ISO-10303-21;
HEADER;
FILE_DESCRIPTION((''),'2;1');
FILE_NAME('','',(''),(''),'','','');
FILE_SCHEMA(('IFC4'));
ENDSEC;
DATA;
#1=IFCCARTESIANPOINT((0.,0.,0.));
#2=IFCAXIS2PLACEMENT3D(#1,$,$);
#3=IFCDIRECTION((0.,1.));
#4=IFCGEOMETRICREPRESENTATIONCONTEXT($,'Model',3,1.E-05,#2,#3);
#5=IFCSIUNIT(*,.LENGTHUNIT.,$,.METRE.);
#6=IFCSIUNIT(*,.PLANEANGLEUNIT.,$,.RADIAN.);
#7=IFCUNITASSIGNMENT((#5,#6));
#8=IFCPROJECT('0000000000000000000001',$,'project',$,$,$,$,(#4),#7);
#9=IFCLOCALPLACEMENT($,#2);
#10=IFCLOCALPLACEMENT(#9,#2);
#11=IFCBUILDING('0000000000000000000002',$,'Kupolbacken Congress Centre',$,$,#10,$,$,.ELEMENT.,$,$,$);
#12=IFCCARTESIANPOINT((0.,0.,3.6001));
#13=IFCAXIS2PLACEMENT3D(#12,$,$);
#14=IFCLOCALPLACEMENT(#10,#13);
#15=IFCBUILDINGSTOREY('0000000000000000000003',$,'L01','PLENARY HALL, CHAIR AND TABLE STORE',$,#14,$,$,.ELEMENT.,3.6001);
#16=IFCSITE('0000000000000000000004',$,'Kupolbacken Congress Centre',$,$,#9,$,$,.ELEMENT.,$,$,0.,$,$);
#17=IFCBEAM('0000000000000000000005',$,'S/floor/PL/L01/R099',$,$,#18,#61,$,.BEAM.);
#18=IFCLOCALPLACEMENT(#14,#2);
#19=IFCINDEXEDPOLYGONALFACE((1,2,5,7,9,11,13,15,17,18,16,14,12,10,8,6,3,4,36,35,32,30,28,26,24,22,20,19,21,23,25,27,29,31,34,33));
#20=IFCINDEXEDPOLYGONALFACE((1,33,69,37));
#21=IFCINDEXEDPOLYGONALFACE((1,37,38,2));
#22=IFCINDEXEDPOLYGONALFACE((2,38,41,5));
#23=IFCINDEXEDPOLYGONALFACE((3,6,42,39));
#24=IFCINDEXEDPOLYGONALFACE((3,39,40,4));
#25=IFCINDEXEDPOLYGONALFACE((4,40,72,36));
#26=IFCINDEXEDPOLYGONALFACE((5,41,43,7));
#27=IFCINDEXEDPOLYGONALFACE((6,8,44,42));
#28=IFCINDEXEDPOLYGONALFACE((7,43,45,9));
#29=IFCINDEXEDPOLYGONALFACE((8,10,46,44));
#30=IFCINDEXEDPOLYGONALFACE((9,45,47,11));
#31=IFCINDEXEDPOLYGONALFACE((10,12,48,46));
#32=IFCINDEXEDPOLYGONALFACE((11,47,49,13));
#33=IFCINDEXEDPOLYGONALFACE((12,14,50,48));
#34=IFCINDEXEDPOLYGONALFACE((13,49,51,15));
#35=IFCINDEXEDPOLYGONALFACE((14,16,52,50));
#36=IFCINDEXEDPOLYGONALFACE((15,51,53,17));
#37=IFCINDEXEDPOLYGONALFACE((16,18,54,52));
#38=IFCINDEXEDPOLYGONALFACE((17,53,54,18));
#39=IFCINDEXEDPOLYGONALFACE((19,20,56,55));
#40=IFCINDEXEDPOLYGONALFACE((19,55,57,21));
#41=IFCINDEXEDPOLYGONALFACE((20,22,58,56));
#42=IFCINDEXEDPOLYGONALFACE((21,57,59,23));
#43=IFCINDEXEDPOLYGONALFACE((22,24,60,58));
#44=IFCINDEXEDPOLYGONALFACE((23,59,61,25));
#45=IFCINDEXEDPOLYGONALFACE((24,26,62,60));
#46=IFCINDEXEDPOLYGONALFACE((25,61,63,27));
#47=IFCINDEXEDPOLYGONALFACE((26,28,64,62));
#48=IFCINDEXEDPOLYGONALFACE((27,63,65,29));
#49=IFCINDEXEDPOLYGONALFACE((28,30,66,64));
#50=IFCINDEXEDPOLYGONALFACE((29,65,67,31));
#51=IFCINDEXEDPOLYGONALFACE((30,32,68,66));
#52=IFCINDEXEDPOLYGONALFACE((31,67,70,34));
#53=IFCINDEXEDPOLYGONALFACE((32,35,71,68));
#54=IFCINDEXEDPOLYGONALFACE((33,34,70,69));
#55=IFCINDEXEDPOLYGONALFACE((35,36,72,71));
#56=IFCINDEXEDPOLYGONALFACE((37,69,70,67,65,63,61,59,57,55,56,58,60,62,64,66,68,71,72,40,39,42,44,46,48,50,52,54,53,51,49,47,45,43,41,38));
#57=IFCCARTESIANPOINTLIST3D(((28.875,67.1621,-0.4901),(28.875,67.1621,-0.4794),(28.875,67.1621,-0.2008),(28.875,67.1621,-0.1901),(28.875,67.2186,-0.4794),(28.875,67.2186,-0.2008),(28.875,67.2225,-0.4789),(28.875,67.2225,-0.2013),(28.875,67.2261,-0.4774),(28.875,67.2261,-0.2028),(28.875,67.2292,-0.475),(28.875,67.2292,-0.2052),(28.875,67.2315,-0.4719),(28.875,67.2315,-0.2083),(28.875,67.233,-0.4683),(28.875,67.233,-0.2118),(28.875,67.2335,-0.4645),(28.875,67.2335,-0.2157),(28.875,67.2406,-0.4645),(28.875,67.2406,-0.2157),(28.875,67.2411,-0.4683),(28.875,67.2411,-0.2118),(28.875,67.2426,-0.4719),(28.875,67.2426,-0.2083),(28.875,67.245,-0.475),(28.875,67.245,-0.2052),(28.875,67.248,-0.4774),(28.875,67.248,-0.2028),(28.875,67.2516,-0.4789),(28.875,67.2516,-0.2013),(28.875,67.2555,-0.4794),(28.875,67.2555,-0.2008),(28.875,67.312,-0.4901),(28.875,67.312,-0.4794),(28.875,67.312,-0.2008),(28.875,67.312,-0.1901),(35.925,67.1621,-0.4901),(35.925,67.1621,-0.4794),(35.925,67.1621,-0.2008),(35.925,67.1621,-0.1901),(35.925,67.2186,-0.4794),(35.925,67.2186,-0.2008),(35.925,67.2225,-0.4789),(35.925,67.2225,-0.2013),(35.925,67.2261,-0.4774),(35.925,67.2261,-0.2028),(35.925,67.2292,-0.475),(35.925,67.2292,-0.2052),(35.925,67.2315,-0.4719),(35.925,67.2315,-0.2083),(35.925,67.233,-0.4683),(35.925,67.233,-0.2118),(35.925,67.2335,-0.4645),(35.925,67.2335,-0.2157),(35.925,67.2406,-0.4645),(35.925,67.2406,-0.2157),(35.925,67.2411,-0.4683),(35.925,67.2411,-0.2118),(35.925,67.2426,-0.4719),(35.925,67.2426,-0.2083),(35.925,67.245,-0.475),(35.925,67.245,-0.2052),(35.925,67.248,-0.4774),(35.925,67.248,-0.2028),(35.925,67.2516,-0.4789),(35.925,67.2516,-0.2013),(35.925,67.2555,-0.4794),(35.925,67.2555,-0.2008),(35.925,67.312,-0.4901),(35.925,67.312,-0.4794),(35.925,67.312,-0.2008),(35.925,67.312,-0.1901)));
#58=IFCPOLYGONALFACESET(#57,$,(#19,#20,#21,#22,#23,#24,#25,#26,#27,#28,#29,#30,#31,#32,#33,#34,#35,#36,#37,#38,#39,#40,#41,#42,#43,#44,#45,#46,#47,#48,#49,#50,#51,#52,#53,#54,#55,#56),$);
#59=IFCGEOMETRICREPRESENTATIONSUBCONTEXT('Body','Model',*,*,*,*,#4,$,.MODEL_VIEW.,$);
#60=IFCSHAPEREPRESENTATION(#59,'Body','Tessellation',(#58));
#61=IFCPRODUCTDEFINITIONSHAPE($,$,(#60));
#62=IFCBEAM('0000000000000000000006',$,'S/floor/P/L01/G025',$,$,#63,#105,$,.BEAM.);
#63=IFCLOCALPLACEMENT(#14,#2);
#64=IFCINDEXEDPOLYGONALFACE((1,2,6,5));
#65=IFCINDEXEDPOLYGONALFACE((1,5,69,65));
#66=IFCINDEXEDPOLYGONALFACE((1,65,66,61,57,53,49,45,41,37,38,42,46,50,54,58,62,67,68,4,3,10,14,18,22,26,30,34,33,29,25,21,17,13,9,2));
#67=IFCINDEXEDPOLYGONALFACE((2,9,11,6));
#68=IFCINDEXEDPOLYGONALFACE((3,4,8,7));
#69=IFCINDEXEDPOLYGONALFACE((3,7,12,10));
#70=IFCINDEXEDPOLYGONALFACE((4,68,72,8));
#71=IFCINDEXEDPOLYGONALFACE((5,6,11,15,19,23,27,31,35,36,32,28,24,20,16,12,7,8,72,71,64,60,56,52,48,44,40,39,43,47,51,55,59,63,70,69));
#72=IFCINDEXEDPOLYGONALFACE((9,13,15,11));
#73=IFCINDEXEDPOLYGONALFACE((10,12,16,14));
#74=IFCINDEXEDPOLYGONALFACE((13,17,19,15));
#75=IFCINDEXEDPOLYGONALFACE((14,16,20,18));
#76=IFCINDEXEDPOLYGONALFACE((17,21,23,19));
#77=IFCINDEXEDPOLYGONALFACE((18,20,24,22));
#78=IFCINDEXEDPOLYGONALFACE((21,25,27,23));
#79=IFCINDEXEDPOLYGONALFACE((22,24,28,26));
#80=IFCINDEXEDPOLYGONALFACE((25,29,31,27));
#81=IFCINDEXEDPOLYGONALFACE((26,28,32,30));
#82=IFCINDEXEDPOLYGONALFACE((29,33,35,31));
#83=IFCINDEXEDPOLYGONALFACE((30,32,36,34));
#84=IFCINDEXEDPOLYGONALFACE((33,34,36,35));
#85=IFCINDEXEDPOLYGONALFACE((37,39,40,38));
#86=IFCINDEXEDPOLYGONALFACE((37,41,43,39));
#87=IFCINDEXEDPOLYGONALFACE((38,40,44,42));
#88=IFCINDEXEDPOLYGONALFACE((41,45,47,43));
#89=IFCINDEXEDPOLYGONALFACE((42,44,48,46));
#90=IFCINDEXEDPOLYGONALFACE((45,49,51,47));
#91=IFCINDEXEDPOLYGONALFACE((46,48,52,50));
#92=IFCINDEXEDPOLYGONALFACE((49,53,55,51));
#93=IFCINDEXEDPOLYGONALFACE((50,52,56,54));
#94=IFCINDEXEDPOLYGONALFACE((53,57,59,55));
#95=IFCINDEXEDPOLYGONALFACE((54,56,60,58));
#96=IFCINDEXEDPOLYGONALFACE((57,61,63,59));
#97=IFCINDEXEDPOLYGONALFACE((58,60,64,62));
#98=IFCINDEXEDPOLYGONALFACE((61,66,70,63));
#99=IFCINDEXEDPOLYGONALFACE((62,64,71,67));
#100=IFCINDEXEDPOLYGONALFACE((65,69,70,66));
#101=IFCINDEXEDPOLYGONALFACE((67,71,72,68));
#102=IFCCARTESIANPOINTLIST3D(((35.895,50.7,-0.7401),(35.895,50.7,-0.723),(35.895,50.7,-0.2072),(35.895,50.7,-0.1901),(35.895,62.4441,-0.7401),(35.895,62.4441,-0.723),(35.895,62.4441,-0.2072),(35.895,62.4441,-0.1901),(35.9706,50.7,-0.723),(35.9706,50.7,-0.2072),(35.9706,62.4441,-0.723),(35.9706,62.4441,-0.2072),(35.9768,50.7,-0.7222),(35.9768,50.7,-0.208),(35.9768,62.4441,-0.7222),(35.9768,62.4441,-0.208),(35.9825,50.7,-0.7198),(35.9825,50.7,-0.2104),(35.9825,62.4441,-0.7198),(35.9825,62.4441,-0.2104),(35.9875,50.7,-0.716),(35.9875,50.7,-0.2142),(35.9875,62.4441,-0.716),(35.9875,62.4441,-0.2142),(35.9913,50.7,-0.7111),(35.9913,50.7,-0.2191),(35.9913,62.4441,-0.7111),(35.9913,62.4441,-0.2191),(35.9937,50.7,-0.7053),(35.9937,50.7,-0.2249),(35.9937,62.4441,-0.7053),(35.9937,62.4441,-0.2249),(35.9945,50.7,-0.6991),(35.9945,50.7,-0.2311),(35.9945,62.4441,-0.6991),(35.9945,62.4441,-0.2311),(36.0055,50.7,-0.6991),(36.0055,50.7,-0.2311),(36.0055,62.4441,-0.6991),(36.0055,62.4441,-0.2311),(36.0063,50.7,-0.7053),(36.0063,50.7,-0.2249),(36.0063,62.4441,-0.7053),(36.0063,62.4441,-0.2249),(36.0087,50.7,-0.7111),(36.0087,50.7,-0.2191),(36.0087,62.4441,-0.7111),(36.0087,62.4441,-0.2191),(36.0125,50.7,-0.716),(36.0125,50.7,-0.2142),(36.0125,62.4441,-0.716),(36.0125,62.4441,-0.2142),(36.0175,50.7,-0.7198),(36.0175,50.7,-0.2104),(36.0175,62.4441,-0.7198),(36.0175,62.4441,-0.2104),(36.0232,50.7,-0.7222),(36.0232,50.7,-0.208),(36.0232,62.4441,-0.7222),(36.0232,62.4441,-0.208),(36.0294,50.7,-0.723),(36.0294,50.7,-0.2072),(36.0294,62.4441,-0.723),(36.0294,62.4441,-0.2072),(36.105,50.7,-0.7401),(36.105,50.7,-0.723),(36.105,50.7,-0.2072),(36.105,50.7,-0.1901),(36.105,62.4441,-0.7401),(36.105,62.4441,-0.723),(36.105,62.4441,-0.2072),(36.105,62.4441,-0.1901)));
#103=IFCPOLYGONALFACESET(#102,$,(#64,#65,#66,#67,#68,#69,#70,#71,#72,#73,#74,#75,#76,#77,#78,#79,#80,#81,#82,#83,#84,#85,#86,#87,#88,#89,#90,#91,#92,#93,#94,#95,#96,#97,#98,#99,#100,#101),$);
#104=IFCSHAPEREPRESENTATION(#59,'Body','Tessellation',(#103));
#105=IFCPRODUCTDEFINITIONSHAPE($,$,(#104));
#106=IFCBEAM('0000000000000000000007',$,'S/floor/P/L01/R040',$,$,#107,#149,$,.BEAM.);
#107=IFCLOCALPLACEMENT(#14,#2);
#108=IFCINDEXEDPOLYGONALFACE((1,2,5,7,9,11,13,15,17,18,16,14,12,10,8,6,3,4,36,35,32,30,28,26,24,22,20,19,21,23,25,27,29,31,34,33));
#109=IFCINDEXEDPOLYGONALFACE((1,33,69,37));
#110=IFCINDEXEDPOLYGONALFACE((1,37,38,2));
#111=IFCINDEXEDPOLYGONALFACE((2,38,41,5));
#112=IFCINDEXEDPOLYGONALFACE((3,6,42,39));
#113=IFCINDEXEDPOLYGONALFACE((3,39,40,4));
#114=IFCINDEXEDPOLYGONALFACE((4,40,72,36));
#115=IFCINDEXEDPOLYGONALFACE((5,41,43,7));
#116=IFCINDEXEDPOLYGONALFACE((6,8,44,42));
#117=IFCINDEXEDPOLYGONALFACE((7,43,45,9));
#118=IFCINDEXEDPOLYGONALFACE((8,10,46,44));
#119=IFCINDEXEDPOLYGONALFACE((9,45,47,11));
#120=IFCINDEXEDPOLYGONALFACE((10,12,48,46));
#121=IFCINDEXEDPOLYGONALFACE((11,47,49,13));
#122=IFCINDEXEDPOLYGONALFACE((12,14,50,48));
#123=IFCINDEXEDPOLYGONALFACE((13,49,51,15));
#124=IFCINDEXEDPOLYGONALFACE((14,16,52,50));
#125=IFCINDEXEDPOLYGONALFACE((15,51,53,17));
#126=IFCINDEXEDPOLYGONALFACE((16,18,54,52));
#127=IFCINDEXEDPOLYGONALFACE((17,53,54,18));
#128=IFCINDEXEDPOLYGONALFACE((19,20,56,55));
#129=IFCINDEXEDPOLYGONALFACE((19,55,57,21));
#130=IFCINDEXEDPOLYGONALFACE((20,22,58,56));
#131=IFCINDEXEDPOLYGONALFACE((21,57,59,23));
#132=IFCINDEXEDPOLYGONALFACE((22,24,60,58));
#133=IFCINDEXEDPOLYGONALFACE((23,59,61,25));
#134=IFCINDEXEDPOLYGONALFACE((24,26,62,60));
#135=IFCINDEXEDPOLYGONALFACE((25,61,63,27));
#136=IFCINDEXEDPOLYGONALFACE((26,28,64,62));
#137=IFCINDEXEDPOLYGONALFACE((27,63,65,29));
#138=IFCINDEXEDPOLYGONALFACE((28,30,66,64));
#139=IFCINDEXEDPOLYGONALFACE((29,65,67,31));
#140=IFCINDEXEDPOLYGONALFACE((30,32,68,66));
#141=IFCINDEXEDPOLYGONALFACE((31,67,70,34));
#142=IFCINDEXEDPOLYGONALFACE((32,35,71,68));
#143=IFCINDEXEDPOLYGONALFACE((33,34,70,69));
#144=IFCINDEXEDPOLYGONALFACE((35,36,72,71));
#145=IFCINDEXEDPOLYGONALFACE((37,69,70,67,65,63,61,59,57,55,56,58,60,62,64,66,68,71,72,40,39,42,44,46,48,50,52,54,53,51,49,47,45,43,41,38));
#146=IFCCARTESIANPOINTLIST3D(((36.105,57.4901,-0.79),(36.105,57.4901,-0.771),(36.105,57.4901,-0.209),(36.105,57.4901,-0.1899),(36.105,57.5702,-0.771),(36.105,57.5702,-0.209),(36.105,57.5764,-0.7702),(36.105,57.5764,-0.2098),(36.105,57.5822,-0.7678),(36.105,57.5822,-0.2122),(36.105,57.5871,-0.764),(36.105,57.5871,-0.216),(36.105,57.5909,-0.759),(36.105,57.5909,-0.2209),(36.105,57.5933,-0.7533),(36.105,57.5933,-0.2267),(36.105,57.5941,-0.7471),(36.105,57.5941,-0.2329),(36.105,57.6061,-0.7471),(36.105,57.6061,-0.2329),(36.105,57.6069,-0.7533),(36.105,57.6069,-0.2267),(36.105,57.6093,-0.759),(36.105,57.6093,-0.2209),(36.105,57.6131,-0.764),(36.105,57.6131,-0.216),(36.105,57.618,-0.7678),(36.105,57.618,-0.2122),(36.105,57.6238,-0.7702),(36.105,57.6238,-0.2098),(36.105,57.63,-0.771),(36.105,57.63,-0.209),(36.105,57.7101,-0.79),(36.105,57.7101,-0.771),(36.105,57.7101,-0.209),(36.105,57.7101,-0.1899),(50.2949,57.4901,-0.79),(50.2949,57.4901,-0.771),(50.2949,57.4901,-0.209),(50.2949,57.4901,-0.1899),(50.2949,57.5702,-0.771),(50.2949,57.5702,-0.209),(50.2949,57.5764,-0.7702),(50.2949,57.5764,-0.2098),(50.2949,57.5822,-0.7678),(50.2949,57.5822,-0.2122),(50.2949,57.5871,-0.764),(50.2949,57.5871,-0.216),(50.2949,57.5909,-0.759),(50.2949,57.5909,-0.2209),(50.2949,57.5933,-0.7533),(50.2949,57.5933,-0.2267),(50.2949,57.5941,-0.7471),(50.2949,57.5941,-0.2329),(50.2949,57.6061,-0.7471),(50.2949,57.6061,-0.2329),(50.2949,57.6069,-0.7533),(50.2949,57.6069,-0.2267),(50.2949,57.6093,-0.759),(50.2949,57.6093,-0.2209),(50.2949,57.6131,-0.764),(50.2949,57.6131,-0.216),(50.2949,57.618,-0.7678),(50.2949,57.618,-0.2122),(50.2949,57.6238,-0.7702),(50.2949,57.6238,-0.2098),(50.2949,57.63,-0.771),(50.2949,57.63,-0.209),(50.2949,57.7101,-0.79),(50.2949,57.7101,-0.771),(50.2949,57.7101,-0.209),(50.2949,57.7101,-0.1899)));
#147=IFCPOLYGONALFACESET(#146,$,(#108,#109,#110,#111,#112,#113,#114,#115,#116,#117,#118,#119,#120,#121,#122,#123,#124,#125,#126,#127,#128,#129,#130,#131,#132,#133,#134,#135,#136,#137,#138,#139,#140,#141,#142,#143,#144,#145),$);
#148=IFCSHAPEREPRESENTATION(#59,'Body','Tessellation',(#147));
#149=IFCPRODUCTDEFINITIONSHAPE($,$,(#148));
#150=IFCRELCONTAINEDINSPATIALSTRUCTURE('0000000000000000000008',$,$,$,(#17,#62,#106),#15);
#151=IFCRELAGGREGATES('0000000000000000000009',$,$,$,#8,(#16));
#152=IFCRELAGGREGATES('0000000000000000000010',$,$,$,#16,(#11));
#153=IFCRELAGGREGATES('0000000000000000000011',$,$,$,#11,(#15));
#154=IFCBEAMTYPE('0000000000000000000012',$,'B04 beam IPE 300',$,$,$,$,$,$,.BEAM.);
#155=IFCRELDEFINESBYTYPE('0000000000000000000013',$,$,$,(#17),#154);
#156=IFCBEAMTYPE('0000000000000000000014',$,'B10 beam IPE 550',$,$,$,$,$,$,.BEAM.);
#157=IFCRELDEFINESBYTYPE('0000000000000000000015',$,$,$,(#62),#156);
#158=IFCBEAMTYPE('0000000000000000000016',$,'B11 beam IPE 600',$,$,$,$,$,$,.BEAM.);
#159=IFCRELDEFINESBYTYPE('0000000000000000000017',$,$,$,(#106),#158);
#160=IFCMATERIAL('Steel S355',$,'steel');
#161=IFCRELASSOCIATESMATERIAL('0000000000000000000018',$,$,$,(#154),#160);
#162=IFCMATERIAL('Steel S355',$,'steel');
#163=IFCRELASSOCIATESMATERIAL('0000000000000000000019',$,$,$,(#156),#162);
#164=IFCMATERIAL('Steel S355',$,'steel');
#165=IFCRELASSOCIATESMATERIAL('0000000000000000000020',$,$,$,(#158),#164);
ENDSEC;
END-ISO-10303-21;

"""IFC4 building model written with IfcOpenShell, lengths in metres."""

from ifc_helpers import new_model, si_unit, direction, frame, origin, origin_2d, place, context, subcontext, project, spatial, i_section, extrude, material, material_profile, profile_set, type_object, element, save


model = new_model("IFC4")

# Units and contexts
model_context = context("Model", 3, precision=1e-05, world=origin(), true_north=direction((0.0, 1.0)))
body_context = subcontext(model_context, "Body", "Model", "MODEL_VIEW")
ifc_project = project(units=[si_unit("LENGTHUNIT", "METRE"), si_unit("PLANEANGLEUNIT", "RADIAN")], contexts=[model_context])

# Site, building, storey
site_placement = place(None, origin())
site = spatial("IfcSite", under=ifc_project, at=site_placement, Name="Kupolbacken Congress Centre", CompositionType="ELEMENT", RefElevation=0.0)
building_placement = place(site_placement, origin())
building = spatial("IfcBuilding", under=site, at=building_placement, Name="Kupolbacken Congress Centre", CompositionType="ELEMENT")
storey_placement = place(building_placement, frame((0.0, 0.0, 3.6001)))
storey = spatial("IfcBuildingStorey", under=building, at=storey_placement, Name="L01", Description="PLENARY HALL, CHAIR AND TABLE STORE", CompositionType="ELEMENT", Elevation=3.6001)

# Beams
ifc_material_1 = material(Name="Steel S355", Category="steel")
ifc_material_profile_1 = material_profile(ifc_material_1, i_section(OverallWidth=0.1499, OverallDepth=0.3, WebThickness=0.0071, FlangeThickness=0.0107, FilletRadius=0.0149, at=origin_2d()), Name="IPE 300")
ifc_profile_set_1 = profile_set([ifc_material_profile_1], Name="Steel S355")
beam_type_1 = type_object("IfcBeamType", Name="B04 beam IPE 300", PredefinedType="BEAM", material=ifc_profile_set_1)
for number, where, z_axis, x_axis, name in (
    (1, (28.875, 67.2371, -0.3401), (1.0, 0.0, 0.0), (0.0, 1.0, 0.0), "S/floor/PL/L01/R099"),
):
    element("IfcBeam", number, at=place(storey_placement, frame(where, z_axis=z_axis, x_axis=x_axis)), inside=storey, type_object=beam_type_1, Name=name, PredefinedType="BEAM", context=body_context, shape_type="SweptSolid", body=[
        extrude(i_section(OverallWidth=0.1499, OverallDepth=0.3, WebThickness=0.0071, FlangeThickness=0.0107, FilletRadius=0.0149, at=origin_2d()), origin(), (0.0, 0.0, 1.0), 7.05),
    ])
ifc_material_2 = material(Name="Steel S355", Category="steel")
ifc_material_profile_2 = material_profile(ifc_material_2, i_section(OverallWidth=0.21, OverallDepth=0.55, WebThickness=0.011, FlangeThickness=0.0171, FilletRadius=0.0239, at=origin_2d()), Name="IPE 550")
ifc_profile_set_2 = profile_set([ifc_material_profile_2], Name="Steel S355")
beam_type_2 = type_object("IfcBeamType", Name="B10 beam IPE 550", PredefinedType="BEAM", material=ifc_profile_set_2)
beam_1_placement = place(storey_placement, frame((36.0, 50.7, -0.4651), z_axis=(0.0, 1.0, 0.0), x_axis=(-1.0, 0.0, 0.0)))
element("IfcBeam", 2, at=beam_1_placement, inside=storey, type_object=beam_type_2, Name="S/floor/P/L01/G025", PredefinedType="BEAM", context=body_context, shape_type="SweptSolid", body=[
    extrude(i_section(OverallWidth=0.21, OverallDepth=0.55, WebThickness=0.011, FlangeThickness=0.0171, FilletRadius=0.0239, at=origin_2d()), origin(), (0.0, 0.0, 1.0), 11.7441),
])
ifc_material_3 = material(Name="Steel S355", Category="steel")
ifc_material_profile_3 = material_profile(ifc_material_3, i_section(OverallWidth=0.22, OverallDepth=0.6001, WebThickness=0.012, FlangeThickness=0.019, FilletRadius=0.0239, at=origin_2d()), Name="IPE 600")
ifc_profile_set_3 = profile_set([ifc_material_profile_3], Name="Steel S355")
beam_type_3 = type_object("IfcBeamType", Name="B11 beam IPE 600", PredefinedType="BEAM", material=ifc_profile_set_3)
beam_2_placement = place(storey_placement, frame((36.105, 57.6001, -0.49), z_axis=(1.0, 0.0, 0.0), x_axis=(0.0, 1.0, 0.0)))
element("IfcBeam", 3, at=beam_2_placement, inside=storey, type_object=beam_type_3, Name="S/floor/P/L01/R040", PredefinedType="BEAM", context=body_context, shape_type="SweptSolid", body=[
    extrude(i_section(OverallWidth=0.22, OverallDepth=0.6001, WebThickness=0.012, FlangeThickness=0.019, FilletRadius=0.0239, at=origin_2d()), origin(), (0.0, 0.0, 1.0), 14.1899),
])

save(model, "model.ifc")
